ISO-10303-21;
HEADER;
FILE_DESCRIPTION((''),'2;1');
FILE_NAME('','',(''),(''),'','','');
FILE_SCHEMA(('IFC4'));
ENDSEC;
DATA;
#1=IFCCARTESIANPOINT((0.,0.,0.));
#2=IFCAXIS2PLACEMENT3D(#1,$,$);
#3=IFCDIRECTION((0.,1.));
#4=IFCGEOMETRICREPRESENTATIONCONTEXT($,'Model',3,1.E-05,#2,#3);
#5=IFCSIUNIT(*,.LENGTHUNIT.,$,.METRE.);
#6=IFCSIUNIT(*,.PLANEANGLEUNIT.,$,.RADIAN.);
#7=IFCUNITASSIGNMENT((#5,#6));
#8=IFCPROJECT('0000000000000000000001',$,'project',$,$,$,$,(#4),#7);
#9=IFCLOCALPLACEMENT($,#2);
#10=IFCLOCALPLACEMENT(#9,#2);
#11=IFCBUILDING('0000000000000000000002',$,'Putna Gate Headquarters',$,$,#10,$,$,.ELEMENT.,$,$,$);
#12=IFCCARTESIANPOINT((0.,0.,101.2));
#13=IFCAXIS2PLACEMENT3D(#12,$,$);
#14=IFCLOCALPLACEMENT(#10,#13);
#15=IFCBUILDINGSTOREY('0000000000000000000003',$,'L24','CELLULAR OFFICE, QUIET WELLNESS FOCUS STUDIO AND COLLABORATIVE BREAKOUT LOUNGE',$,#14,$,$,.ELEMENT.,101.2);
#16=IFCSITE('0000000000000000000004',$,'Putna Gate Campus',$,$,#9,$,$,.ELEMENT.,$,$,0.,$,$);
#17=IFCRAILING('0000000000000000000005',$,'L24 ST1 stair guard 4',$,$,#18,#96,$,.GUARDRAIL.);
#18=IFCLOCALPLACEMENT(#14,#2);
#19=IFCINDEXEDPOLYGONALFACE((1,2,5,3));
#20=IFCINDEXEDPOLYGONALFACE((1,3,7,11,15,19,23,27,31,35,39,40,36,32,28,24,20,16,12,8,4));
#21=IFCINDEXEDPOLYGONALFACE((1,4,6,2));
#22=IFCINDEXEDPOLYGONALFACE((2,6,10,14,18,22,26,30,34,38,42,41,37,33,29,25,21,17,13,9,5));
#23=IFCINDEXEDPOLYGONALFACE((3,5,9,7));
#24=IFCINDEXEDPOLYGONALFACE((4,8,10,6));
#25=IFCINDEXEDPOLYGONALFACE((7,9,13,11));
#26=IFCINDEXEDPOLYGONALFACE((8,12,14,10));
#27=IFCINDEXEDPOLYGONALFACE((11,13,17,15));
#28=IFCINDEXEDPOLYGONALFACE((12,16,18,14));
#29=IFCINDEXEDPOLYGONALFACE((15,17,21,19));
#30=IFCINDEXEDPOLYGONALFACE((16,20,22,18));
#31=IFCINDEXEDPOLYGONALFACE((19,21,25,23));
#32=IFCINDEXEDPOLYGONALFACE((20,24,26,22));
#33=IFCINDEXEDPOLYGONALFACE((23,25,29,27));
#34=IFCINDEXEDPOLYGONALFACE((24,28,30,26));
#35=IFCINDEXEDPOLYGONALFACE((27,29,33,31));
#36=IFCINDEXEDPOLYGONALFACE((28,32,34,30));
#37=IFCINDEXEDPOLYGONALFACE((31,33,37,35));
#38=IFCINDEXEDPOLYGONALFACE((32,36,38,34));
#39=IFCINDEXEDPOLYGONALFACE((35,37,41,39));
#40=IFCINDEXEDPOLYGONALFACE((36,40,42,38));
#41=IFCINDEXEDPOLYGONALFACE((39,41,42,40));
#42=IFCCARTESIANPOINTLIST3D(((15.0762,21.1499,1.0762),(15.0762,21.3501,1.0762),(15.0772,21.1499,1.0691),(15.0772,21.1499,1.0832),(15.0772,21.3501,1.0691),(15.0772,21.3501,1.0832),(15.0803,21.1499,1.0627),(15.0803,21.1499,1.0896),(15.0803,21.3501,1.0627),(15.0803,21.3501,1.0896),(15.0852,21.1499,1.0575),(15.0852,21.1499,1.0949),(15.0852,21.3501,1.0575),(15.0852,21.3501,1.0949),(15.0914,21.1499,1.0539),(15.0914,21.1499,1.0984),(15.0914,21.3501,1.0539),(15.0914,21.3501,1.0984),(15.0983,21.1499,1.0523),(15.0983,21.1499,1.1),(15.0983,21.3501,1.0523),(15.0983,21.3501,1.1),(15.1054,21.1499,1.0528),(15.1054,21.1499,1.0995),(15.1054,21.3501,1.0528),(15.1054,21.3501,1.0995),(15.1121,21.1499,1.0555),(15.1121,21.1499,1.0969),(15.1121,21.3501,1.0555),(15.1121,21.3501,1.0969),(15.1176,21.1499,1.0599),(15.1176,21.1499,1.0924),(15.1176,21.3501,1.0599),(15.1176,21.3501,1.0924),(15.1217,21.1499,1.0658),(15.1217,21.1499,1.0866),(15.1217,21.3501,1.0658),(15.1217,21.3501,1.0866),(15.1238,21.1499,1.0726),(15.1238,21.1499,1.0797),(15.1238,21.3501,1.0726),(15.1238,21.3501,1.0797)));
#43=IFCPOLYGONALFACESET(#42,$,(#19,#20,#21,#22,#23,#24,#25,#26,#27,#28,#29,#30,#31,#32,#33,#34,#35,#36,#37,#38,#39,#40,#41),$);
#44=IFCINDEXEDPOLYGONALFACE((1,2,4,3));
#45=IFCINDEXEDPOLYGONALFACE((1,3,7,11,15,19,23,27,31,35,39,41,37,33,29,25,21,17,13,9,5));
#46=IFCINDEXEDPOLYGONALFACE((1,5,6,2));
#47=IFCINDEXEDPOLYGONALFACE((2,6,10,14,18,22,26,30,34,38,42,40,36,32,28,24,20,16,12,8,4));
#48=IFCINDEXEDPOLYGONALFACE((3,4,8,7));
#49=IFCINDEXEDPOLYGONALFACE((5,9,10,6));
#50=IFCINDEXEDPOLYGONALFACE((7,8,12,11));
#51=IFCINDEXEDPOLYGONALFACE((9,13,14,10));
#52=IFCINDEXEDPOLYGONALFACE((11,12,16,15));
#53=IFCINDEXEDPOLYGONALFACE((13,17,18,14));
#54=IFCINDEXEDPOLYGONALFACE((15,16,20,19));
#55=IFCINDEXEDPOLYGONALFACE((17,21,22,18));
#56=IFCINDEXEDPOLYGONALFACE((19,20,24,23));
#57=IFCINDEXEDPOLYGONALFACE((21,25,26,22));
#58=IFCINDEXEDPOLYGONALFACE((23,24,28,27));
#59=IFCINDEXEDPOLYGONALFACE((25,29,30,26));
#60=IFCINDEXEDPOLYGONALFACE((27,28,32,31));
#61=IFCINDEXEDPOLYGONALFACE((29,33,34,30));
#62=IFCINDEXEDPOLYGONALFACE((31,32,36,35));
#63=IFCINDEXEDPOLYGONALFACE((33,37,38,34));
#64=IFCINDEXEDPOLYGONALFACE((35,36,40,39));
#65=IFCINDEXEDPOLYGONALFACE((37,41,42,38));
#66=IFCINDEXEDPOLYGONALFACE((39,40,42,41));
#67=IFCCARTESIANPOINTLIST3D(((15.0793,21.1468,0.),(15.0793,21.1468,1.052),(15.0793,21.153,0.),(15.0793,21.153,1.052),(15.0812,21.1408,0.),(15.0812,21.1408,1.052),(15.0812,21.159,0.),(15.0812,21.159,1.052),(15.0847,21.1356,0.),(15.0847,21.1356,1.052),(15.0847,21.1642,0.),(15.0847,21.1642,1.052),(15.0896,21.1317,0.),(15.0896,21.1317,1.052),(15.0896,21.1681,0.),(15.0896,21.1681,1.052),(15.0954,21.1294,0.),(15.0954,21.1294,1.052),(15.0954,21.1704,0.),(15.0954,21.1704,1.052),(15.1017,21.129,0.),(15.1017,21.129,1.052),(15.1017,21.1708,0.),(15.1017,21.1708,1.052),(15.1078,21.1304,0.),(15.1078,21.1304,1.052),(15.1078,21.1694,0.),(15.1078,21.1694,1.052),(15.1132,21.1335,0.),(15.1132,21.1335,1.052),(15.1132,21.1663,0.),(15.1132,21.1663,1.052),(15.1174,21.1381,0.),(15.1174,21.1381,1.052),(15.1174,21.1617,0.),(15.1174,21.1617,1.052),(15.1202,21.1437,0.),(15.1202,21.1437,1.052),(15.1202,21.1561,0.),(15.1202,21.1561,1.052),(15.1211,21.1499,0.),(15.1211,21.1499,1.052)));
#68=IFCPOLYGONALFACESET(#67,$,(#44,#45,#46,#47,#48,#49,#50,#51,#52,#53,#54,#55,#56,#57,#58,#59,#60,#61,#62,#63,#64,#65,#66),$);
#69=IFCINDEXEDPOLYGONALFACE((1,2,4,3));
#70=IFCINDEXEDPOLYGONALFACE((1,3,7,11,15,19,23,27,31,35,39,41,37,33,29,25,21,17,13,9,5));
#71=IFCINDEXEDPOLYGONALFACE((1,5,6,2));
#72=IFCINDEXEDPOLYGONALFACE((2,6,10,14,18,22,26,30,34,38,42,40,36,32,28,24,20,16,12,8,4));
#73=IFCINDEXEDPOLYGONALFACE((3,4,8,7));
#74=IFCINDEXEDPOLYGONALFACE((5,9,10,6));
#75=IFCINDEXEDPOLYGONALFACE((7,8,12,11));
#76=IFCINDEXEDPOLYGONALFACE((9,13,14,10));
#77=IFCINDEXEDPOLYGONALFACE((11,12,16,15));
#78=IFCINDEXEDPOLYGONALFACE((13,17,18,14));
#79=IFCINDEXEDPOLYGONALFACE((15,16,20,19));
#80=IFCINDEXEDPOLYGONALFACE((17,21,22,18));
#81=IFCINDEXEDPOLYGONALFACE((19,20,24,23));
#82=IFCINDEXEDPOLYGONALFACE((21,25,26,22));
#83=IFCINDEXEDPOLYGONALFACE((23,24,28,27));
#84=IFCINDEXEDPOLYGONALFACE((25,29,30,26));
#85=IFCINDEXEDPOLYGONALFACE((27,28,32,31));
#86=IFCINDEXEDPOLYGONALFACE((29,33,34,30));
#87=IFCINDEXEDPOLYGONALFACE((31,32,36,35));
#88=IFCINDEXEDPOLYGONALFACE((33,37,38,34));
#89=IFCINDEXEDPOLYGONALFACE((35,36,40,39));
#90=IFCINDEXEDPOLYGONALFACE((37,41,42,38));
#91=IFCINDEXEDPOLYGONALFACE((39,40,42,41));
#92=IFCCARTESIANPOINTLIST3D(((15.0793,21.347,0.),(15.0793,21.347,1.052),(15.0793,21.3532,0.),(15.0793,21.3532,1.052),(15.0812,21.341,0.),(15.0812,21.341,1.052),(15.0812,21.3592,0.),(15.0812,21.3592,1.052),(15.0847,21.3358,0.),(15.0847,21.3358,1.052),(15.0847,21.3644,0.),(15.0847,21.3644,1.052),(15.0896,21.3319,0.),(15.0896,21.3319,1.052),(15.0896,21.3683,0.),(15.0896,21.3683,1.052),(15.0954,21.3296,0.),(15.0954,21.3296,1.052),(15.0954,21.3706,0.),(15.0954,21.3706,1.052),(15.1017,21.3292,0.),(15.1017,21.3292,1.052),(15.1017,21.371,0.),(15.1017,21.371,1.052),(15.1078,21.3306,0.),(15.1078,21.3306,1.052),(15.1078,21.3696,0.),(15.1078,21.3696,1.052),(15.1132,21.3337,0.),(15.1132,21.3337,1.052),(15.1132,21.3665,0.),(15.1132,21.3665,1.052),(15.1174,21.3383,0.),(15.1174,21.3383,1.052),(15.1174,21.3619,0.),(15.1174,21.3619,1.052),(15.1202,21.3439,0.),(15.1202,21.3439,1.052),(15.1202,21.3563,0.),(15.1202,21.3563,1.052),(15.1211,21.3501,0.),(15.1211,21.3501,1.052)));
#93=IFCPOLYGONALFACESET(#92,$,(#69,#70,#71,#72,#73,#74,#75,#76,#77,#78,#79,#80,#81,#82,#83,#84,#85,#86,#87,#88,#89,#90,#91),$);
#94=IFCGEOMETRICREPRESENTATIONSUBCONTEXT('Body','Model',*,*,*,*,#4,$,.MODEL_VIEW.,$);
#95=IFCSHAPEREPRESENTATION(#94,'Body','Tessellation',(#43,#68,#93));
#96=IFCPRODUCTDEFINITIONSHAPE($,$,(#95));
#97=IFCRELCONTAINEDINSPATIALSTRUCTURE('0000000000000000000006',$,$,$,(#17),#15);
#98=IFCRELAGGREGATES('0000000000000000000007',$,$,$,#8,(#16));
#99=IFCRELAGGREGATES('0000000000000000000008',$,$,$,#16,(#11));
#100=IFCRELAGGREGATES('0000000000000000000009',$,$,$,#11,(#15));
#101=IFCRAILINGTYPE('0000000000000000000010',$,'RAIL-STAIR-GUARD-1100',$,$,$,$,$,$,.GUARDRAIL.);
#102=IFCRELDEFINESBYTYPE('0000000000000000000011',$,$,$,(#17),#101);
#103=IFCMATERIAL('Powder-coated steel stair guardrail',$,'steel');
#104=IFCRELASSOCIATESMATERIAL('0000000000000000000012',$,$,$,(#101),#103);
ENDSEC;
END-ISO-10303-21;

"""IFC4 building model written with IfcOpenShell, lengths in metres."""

from ifc_helpers import new_model, si_unit, direction, frame, origin, origin_2d, place, context, subcontext, project, spatial, circle, extrude, material, type_object, element, save


model = new_model("IFC4")

# Units and contexts
model_context = context("Model", 3, precision=1e-05, world=origin(), true_north=direction((0.0, 1.0)))
body_context = subcontext(model_context, "Body", "Model", "MODEL_VIEW")
ifc_project = project(units=[si_unit("LENGTHUNIT", "METRE"), si_unit("PLANEANGLEUNIT", "RADIAN")], contexts=[model_context])

# Site, building, storey
site_placement = place(None, origin())
site = spatial("IfcSite", under=ifc_project, at=site_placement, Name="Putna Gate Campus", CompositionType="ELEMENT", RefElevation=0.0)
building_placement = place(site_placement, origin())
building = spatial("IfcBuilding", under=site, at=building_placement, Name="Putna Gate Headquarters", CompositionType="ELEMENT")
storey_placement = place(building_placement, frame((0.0, 0.0, 101.2)))
storey = spatial("IfcBuildingStorey", under=building, at=storey_placement, Name="L24", Description="CELLULAR OFFICE, QUIET WELLNESS FOCUS STUDIO AND COLLABORATIVE BREAKOUT LOUNGE", CompositionType="ELEMENT", Elevation=101.2)

# Railing
ifc_material_1 = material(Name="Powder-coated steel stair guardrail", Category="steel")
railing_type = type_object("IfcRailingType", Name="RAIL-STAIR-GUARD-1100", PredefinedType="GUARDRAIL", material=ifc_material_1)
railing_1_placement = place(storey_placement, frame((15.1001, 21.1499, 0.0)))
element("IfcRailing", 1, at=railing_1_placement, inside=storey, type_object=railing_type, Name="L24 ST1 stair guard 4", PredefinedType="GUARDRAIL", context=body_context, shape_type="SweptSolid", body=[
    extrude(circle(Radius=0.0239, at=origin_2d()), frame((0.0, 0.0, 1.0762), z_axis=(0.0, 1.0, 0.0), x_axis=(-1.0, 0.0, 0.0)), (0.0, 0.0, 1.0), 0.2002),
    extrude(circle(Radius=0.021, at=origin_2d()), origin(), (0.0, 0.0, 1.0), 1.052),
    extrude(circle(Radius=0.021, at=origin_2d()), frame((0.0, 0.2002, 0.0)), (0.0, 0.0, 1.0), 1.052),
])

save(model, "model.ifc")
